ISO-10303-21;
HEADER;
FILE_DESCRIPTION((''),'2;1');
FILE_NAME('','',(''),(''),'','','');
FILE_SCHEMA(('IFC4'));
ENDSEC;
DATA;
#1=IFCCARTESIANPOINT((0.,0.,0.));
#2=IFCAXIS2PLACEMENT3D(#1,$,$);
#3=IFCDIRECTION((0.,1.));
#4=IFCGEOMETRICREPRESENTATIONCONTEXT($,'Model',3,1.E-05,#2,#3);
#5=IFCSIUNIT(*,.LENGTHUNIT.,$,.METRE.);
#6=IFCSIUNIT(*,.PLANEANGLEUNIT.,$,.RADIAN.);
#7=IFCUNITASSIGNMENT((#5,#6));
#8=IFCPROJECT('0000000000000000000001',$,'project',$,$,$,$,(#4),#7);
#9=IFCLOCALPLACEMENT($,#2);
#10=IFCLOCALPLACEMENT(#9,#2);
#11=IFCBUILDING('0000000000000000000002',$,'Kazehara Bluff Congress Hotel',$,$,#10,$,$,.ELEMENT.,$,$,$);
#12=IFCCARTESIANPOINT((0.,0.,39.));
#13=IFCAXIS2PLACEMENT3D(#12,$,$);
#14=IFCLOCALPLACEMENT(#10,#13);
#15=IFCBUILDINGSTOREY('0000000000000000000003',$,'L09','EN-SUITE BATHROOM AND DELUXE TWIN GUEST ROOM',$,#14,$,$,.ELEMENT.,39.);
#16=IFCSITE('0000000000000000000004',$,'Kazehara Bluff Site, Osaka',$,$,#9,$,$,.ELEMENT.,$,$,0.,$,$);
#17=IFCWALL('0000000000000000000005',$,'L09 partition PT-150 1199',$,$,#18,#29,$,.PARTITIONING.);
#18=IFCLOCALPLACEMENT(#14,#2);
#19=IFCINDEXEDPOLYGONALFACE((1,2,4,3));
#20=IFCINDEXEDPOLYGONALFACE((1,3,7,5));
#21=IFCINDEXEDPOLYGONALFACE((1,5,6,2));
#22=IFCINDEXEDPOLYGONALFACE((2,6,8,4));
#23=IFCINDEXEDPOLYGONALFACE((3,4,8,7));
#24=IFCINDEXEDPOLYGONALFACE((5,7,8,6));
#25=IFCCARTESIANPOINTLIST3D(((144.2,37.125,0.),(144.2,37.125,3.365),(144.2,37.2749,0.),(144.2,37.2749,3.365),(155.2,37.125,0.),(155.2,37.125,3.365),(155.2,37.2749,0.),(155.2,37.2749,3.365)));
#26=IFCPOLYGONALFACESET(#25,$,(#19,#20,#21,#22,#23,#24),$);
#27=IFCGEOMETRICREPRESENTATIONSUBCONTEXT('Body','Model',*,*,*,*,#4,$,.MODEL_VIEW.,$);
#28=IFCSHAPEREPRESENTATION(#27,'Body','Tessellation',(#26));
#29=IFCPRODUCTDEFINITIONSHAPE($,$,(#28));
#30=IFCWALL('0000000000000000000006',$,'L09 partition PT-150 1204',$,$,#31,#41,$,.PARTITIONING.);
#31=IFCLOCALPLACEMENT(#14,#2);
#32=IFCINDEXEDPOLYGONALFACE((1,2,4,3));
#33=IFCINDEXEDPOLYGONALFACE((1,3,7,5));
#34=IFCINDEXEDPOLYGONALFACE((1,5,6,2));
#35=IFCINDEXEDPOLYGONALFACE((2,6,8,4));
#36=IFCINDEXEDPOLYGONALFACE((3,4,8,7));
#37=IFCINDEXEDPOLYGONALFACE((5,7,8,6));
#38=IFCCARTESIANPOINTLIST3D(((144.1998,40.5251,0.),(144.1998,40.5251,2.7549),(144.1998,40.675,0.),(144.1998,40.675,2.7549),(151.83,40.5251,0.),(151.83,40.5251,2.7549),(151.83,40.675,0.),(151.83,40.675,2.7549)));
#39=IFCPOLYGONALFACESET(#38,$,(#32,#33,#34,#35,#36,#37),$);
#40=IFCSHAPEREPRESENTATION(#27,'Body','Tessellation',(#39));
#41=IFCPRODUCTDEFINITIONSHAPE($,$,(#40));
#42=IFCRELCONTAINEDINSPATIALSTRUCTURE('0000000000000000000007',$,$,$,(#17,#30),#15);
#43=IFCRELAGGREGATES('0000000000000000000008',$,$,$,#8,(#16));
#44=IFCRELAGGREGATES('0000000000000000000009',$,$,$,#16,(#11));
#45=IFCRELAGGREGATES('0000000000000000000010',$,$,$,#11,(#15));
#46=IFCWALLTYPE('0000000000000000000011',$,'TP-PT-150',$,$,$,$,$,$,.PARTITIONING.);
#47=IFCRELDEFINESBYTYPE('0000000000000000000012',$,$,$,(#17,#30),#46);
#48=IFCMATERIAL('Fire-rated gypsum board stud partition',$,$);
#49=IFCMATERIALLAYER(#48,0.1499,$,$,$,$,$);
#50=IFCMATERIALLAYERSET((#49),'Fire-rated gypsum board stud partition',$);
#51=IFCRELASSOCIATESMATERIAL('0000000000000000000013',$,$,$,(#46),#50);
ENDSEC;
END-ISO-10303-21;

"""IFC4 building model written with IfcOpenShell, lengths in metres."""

from ifc_helpers import new_model, si_unit, direction, frame, frame_2d, origin, place, context, subcontext, project, spatial, rectangle, extrude, material, layer, layer_set, type_object, element, save


model = new_model("IFC4")

# Units and contexts
model_context = context("Model", 3, precision=1e-05, world=origin(), true_north=direction((0.0, 1.0)))
body_context = subcontext(model_context, "Body", "Model", "MODEL_VIEW")
ifc_project = project(units=[si_unit("LENGTHUNIT", "METRE"), si_unit("PLANEANGLEUNIT", "RADIAN")], contexts=[model_context])

# Site, building, storey
site_placement = place(None, origin())
site = spatial("IfcSite", under=ifc_project, at=site_placement, Name="Kazehara Bluff Site, Osaka", CompositionType="ELEMENT", RefElevation=0.0)
building_placement = place(site_placement, origin())
building = spatial("IfcBuilding", under=site, at=building_placement, Name="Kazehara Bluff Congress Hotel", CompositionType="ELEMENT")
storey_placement = place(building_placement, frame((0.0, 0.0, 39.0)))
storey = spatial("IfcBuildingStorey", under=building, at=storey_placement, Name="L09", Description="EN-SUITE BATHROOM AND DELUXE TWIN GUEST ROOM", CompositionType="ELEMENT", Elevation=39.0)

# Walls
ifc_material_1 = material(Name="Fire-rated gypsum board stud partition")
ifc_layer_1 = layer(ifc_material_1, 0.1499)
ifc_layer_set_1 = layer_set([ifc_layer_1], Name="Fire-rated gypsum board stud partition")
wall_type_1 = type_object("IfcWallType", Name="TP-PT-150", PredefinedType="PARTITIONING", material=ifc_layer_set_1)
for number, where, z_axis, x_axis, name in (
    (1, (144.2, 37.2, 0.0), (0.0, 0.0, 1.0), (1.0, 0.0, 0.0), "L09 partition PT-150 1199"),
):
    element("IfcWall", number, at=place(storey_placement, frame(where, z_axis=z_axis, x_axis=x_axis)), inside=storey, type_object=wall_type_1, Name=name, PredefinedType="PARTITIONING", context=body_context, shape_type="SweptSolid", body=[
        extrude(rectangle(XDim=11.0, YDim=0.1499, at=frame_2d((5.5, 0.0))), origin(), (0.0, 0.0, 1.0), 3.365),
    ])
wall_1_placement = place(storey_placement, frame((144.2, 40.6001, 0.0), z_axis=(0.0, 0.0, 1.0), x_axis=(1.0, 0.0, 0.0)))
element("IfcWall", 2, at=wall_1_placement, inside=storey, type_object=wall_type_1, Name="L09 partition PT-150 1204", PredefinedType="PARTITIONING", context=body_context, shape_type="SweptSolid", body=[
    extrude(rectangle(XDim=7.6301, YDim=0.1499, at=frame_2d((3.8149, 0.0))), origin(), (0.0, 0.0, 1.0), 2.7549),
])

save(model, "model.ifc")
